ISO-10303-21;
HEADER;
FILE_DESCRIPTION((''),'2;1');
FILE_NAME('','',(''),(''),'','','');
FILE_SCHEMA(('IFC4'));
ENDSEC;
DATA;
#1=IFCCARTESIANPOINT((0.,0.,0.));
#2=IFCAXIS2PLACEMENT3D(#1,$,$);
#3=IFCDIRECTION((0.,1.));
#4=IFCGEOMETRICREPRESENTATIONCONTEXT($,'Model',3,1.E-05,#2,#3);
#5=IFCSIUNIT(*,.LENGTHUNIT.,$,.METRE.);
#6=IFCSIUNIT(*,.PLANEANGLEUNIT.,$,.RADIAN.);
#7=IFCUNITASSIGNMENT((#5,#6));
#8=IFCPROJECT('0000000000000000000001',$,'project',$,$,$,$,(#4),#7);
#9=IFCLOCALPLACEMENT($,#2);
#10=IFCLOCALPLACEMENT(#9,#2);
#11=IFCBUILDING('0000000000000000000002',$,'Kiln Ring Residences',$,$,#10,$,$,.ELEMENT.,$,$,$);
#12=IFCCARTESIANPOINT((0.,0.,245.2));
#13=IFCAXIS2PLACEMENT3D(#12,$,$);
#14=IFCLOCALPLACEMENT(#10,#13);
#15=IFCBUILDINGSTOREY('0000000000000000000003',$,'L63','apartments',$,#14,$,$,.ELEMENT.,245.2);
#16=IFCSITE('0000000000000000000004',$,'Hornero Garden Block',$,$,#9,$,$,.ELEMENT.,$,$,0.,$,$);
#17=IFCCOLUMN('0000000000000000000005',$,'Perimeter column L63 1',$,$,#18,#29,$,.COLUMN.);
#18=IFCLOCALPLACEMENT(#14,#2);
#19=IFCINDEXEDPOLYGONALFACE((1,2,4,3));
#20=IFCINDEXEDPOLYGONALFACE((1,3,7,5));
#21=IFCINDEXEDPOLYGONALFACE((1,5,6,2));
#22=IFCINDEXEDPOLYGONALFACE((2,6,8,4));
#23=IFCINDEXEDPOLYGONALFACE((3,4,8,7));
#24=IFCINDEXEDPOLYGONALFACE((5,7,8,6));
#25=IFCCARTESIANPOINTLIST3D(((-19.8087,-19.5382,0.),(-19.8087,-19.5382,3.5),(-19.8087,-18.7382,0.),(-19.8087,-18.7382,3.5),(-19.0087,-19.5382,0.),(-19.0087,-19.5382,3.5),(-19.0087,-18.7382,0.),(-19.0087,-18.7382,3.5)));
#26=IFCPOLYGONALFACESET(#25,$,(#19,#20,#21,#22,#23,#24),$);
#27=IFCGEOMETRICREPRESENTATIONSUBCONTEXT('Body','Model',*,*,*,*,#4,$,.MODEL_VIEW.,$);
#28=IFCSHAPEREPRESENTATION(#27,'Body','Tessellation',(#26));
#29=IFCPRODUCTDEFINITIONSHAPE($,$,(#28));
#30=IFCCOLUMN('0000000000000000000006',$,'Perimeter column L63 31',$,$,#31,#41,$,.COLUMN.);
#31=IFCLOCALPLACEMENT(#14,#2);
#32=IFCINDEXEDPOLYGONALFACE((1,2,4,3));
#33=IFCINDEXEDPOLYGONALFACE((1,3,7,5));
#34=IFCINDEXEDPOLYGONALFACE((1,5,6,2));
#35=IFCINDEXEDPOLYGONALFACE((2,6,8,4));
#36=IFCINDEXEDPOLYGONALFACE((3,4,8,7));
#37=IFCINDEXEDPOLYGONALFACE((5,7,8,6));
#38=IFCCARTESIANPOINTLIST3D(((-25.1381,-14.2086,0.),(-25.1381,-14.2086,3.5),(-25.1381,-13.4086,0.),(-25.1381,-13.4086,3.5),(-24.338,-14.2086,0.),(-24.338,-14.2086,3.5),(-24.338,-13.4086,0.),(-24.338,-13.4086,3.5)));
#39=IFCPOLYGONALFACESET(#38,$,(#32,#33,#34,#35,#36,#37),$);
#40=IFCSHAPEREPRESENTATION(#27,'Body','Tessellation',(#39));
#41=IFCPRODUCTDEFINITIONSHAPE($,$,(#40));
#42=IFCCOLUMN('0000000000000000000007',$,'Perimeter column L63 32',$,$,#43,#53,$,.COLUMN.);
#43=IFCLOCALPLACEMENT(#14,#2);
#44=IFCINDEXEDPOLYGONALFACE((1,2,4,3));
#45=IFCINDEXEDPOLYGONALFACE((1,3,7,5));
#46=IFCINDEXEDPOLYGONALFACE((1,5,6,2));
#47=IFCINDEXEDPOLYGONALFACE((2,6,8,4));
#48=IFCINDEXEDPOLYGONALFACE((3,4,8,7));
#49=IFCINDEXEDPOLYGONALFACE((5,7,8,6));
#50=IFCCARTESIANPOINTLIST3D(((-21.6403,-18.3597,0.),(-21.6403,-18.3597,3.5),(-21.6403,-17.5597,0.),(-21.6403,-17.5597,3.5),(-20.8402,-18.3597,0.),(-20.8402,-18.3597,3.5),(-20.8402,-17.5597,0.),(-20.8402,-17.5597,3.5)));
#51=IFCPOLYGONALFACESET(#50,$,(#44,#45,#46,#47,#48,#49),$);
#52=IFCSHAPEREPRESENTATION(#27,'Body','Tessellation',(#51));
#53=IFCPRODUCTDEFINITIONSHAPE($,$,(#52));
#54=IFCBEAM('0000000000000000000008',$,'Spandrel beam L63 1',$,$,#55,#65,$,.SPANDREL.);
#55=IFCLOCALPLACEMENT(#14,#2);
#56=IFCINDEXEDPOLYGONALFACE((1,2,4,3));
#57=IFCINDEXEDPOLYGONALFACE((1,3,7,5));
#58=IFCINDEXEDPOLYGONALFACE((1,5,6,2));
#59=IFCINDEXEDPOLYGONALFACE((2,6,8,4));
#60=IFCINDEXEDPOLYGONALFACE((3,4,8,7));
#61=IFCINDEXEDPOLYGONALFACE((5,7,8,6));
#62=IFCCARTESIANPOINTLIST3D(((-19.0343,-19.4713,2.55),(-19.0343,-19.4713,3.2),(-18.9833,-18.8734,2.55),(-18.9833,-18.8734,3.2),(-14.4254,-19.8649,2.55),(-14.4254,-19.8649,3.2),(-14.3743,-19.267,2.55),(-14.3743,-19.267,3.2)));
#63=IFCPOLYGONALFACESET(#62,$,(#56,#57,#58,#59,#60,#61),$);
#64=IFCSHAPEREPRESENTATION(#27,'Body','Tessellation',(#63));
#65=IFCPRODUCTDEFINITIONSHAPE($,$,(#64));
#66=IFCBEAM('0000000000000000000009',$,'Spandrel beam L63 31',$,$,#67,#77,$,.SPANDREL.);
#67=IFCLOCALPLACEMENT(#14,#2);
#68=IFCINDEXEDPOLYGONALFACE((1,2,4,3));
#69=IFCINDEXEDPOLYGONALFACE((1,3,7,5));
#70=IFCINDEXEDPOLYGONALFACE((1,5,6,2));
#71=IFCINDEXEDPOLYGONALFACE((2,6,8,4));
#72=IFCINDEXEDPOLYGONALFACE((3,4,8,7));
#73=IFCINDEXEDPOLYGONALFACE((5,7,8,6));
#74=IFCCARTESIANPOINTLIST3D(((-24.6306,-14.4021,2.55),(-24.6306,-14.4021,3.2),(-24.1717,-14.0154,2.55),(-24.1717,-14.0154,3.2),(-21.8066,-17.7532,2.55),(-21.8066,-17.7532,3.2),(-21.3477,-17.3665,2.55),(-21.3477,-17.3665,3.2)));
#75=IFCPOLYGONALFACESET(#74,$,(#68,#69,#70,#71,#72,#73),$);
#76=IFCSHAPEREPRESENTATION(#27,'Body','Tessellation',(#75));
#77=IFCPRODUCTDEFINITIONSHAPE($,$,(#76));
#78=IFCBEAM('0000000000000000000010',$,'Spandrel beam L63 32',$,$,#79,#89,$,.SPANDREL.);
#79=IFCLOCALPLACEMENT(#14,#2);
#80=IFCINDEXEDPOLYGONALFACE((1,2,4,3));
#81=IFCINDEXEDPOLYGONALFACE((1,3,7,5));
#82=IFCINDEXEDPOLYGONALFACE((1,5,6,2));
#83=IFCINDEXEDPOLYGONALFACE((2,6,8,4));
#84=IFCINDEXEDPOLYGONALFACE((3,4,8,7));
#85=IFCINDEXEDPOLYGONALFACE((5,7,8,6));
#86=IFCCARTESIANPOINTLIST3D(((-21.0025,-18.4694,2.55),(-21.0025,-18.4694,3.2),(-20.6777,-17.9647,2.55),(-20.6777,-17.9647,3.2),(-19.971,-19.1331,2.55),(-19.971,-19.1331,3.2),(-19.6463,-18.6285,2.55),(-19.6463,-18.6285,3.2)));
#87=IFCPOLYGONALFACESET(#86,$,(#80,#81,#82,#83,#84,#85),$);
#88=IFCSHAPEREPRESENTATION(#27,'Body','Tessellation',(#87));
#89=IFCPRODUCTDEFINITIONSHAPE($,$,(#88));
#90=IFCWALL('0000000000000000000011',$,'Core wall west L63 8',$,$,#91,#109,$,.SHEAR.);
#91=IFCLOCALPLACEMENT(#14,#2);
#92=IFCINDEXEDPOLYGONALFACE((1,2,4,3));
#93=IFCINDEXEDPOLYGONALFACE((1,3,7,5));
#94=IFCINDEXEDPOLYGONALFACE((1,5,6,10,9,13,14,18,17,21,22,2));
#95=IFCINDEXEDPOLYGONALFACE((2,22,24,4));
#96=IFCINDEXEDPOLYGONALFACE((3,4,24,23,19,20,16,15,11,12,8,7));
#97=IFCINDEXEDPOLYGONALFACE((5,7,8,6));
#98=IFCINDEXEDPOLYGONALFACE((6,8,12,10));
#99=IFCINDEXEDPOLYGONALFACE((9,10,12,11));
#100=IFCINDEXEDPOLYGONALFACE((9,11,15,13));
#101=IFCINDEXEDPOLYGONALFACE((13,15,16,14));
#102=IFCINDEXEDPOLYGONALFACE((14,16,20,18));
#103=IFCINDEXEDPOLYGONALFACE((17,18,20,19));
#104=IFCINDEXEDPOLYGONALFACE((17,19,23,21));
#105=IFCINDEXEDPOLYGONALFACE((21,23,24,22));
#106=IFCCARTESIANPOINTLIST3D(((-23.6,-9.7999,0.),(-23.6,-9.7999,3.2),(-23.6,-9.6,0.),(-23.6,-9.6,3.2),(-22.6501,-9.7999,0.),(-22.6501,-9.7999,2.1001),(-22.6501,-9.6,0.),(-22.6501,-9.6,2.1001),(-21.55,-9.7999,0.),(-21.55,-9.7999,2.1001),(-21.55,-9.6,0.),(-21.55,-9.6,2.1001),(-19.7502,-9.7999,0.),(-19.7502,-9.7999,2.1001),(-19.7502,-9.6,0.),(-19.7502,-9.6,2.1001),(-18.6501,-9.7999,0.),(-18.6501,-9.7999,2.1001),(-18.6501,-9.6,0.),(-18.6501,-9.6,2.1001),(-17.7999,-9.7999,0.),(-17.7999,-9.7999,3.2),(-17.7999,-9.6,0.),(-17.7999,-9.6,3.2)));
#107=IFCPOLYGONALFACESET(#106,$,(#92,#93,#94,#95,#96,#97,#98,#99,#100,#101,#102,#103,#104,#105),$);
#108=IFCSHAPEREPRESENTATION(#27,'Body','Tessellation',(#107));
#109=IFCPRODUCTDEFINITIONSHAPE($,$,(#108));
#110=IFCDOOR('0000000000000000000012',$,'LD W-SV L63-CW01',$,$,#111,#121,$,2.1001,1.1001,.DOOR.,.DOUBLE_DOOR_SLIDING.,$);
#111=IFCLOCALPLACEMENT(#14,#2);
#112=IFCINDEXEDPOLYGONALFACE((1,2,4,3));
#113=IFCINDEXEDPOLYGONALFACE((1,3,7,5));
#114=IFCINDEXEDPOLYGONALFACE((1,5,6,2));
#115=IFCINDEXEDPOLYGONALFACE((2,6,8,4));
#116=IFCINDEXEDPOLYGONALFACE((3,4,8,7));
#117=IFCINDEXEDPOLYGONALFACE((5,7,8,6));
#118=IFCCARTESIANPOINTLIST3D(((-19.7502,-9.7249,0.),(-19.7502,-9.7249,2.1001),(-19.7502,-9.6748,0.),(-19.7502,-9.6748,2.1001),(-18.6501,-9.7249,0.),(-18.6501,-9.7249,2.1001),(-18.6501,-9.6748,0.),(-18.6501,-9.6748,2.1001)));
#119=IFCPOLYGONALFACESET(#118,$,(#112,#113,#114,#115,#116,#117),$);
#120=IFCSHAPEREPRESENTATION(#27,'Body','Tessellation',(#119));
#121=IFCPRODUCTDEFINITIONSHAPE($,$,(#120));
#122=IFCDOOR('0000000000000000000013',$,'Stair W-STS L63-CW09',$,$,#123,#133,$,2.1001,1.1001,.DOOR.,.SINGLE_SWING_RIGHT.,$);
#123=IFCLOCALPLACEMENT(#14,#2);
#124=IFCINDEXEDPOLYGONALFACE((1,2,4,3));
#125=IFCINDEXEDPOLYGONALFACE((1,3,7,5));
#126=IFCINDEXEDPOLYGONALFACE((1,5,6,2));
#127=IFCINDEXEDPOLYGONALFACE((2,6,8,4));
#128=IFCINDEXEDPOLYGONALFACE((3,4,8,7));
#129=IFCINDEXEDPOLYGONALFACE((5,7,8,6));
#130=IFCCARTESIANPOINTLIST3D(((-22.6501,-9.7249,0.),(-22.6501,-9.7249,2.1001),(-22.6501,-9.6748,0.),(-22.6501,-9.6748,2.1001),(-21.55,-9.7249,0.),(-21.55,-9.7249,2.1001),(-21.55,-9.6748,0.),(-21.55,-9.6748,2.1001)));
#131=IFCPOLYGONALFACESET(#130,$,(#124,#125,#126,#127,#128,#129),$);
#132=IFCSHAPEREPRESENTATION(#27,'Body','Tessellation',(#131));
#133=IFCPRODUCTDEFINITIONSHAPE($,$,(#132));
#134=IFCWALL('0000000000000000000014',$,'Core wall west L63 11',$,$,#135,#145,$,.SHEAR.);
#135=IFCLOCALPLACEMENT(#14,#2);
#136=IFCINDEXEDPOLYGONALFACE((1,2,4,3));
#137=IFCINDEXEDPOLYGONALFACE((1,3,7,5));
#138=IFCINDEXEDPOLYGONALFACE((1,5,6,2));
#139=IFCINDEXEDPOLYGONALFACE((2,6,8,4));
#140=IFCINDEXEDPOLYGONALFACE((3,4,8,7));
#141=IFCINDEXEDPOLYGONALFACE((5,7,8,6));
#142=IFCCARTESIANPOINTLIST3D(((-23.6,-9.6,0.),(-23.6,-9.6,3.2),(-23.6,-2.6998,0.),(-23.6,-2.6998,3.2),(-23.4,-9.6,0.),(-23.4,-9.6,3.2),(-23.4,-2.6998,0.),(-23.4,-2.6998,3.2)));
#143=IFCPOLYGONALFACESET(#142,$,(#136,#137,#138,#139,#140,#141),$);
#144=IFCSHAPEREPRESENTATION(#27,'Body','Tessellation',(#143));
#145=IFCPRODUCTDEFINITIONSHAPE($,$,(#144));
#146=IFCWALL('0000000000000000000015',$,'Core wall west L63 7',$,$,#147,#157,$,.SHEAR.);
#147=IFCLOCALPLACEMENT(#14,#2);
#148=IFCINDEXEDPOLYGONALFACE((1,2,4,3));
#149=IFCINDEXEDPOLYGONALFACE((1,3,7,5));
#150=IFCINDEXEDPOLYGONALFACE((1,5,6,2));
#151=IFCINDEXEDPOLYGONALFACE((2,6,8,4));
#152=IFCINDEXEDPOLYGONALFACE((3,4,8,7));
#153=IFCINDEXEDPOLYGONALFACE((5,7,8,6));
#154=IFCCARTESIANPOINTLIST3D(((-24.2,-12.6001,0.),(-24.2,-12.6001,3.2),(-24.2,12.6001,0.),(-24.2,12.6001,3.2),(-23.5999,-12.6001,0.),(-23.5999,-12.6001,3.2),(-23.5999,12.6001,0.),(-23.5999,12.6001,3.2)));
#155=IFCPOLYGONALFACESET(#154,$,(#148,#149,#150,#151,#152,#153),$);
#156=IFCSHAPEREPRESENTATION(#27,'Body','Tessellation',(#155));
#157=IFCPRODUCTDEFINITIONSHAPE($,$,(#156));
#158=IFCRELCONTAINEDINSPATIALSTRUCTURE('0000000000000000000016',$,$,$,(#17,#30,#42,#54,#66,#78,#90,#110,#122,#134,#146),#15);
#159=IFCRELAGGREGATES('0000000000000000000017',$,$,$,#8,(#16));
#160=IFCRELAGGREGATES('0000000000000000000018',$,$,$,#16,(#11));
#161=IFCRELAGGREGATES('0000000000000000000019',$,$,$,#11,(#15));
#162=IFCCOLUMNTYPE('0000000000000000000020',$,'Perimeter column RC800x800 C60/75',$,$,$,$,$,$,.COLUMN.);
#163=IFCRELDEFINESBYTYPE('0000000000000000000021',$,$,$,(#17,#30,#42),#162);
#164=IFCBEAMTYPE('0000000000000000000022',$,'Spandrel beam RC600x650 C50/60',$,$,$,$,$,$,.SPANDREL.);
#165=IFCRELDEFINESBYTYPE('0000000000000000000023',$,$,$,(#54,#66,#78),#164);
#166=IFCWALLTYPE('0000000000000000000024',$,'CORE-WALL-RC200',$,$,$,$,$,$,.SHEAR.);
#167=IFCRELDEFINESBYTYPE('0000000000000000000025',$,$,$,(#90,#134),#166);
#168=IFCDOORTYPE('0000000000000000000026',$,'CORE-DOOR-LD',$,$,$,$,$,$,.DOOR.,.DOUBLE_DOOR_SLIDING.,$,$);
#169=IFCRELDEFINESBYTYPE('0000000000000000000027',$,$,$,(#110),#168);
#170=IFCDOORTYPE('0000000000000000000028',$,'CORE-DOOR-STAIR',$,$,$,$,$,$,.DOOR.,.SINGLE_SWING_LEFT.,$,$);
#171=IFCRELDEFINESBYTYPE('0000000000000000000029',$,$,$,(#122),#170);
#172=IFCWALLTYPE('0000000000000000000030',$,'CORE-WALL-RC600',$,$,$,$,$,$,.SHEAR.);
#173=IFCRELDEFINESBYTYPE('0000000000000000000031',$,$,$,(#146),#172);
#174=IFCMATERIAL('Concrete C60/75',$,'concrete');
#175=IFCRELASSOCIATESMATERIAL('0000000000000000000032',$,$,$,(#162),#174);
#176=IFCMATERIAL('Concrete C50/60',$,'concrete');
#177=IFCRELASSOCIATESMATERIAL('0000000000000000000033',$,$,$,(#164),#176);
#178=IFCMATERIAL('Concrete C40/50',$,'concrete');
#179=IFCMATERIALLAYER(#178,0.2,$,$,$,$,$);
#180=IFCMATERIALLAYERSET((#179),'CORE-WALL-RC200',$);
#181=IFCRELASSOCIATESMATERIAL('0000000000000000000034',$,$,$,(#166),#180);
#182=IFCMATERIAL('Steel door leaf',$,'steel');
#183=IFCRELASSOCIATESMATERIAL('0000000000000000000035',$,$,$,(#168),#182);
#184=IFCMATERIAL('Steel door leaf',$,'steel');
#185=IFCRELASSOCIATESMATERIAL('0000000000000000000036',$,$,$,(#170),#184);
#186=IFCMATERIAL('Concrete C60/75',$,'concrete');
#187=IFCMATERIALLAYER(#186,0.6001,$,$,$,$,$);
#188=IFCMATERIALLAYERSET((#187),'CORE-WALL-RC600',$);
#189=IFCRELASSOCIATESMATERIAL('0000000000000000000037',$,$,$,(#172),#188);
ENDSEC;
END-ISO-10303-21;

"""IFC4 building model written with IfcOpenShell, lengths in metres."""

from ifc_helpers import new_model, si_unit, direction, frame, frame_2d, origin, origin_2d, place, context, subcontext, project, spatial, rectangle, extrude, material, layer, layer_set, material_profile, profile_set, type_object, element, fill, save


model = new_model("IFC4")

# Units and contexts
model_context = context("Model", 3, precision=1e-05, world=origin(), true_north=direction((0.0, 1.0)))
body_context = subcontext(model_context, "Body", "Model", "MODEL_VIEW")
ifc_project = project(units=[si_unit("LENGTHUNIT", "METRE"), si_unit("PLANEANGLEUNIT", "RADIAN")], contexts=[model_context])

# Site, building, storey
site_placement = place(None, origin())
site = spatial("IfcSite", under=ifc_project, at=site_placement, Name="Hornero Garden Block", CompositionType="ELEMENT", RefElevation=0.0)
building_placement = place(site_placement, origin())
building = spatial("IfcBuilding", under=site, at=building_placement, Name="Kiln Ring Residences", CompositionType="ELEMENT")
storey_placement = place(building_placement, frame((0.0, 0.0, 245.2)))
storey = spatial("IfcBuildingStorey", under=building, at=storey_placement, Name="L63", Description="apartments", CompositionType="ELEMENT", Elevation=245.2)

# Columns
ifc_material_1 = material(Name="Concrete C60/75", Category="concrete")
ifc_material_profile_1 = material_profile(ifc_material_1, rectangle(XDim=0.8, YDim=0.8, at=origin_2d()), Name="RC800x800")
ifc_profile_set_1 = profile_set([ifc_material_profile_1], Name="Concrete C60/75")
column_type = type_object("IfcColumnType", Name="Perimeter column RC800x800 C60/75", PredefinedType="COLUMN", material=ifc_profile_set_1)
for number, where, z_axis, x_axis, name in (
    (1, (-19.4087, -19.1382, 0.0), (0.0, 0.0, 1.0), (1.0, 0.0, 0.0), "Perimeter column L63 1"),
    (2, (-24.738, -13.8086, 0.0), (0.0, 0.0, 1.0), (1.0, 0.0, 0.0), "Perimeter column L63 31"),
    (3, (-21.2402, -17.9597, 0.0), (0.0, 0.0, 1.0), (1.0, 0.0, 0.0), "Perimeter column L63 32"),
):
    element("IfcColumn", number, at=place(storey_placement, frame(where, z_axis=z_axis, x_axis=x_axis)), inside=storey, type_object=column_type, Name=name, PredefinedType="COLUMN", context=body_context, shape_type="SweptSolid", body=[
        extrude(rectangle(XDim=0.8, YDim=0.8, at=origin_2d()), origin(), (0.0, 0.0, 1.0), 3.5),
    ])

# Beams
ifc_material_2 = material(Name="Concrete C50/60", Category="concrete")
ifc_material_profile_2 = material_profile(ifc_material_2, rectangle(XDim=0.6001, YDim=0.6499, at=origin_2d()), Name="RC600x650")
ifc_profile_set_2 = profile_set([ifc_material_profile_2], Name="Concrete C50/60")
beam_type = type_object("IfcBeamType", Name="Spandrel beam RC600x650 C50/60", PredefinedType="SPANDREL", material=ifc_profile_set_2)
beam_1_placement = place(storey_placement, frame((-19.0088, -19.1724, 2.875), z_axis=(0.996374, -0.085081, 0.0), x_axis=(0.085081, 0.996374, 0.0)))
element("IfcBeam", 4, at=beam_1_placement, inside=storey, type_object=beam_type, Name="Spandrel beam L63 1", PredefinedType="SPANDREL", context=body_context, shape_type="SweptSolid", body=[
    extrude(rectangle(XDim=0.6001, YDim=0.6499, at=origin_2d()), origin(), (0.0, 0.0, 1.0), 4.6257),
])
beam_2_placement = place(storey_placement, frame((-24.4011, -14.2087, 2.875), z_axis=(0.644405, -0.764684, 0.0), x_axis=(0.764684, 0.644405, 0.0)))
element("IfcBeam", 5, at=beam_2_placement, inside=storey, type_object=beam_type, Name="Spandrel beam L63 31", PredefinedType="SPANDREL", context=body_context, shape_type="SweptSolid", body=[
    extrude(rectangle(XDim=0.6001, YDim=0.6499, at=origin_2d()), origin(), (0.0, 0.0, 1.0), 4.3823),
])
beam_3_placement = place(storey_placement, frame((-20.8401, -18.217, 2.875), z_axis=(0.840913, -0.54117, 0.0), x_axis=(0.54117, 0.840913, 0.0)))
element("IfcBeam", 6, at=beam_3_placement, inside=storey, type_object=beam_type, Name="Spandrel beam L63 32", PredefinedType="SPANDREL", context=body_context, shape_type="SweptSolid", body=[
    extrude(rectangle(XDim=0.6001, YDim=0.6499, at=origin_2d()), origin(), (0.0, 0.0, 1.0), 1.2266),
])

# Wall, openings, doors
ifc_material_3 = material(Name="Concrete C40/50", Category="concrete")
ifc_layer_1 = layer(ifc_material_3, 0.2)
ifc_layer_set_1 = layer_set([ifc_layer_1], Name="CORE-WALL-RC200")
wall_type_1 = type_object("IfcWallType", Name="CORE-WALL-RC200", PredefinedType="SHEAR", material=ifc_layer_set_1)
wall_1_placement = place(storey_placement, frame((-17.8, -9.7, 0.0), z_axis=(0.0, 0.0, 1.0), x_axis=(-1.0, 0.0, 0.0)))
wall_1 = element("IfcWall", 7, at=wall_1_placement, inside=storey, type_object=wall_type_1, Name="Core wall west L63 8", PredefinedType="SHEAR", context=body_context, shape_type="SweptSolid", body=[
    extrude(rectangle(XDim=5.8, YDim=0.2, at=frame_2d((2.8999, 0.0))), origin(), (0.0, 0.0, 1.0), 3.2),
])
opening_1_placement = place(wall_1_placement, frame((0.8501, 0.0, 0.0)))
opening_1 = element("IfcOpeningElement", 8, at=opening_1_placement, cuts=wall_1, PredefinedType="OPENING", context=body_context, shape_type="SweptSolid", body=[
    extrude(rectangle(XDim=1.1001, YDim=2.1001, at=frame_2d((0.55, 1.05))), frame((0.0, 0.1099, 0.0), z_axis=(0.0, -1.0, 0.0), x_axis=(1.0, 0.0, 0.0)), (0.0, 0.0, 1.0), 0.22),
])
opening_2_placement = place(wall_1_placement, frame((3.75, 0.0, 0.0)))
opening_2 = element("IfcOpeningElement", 9, at=opening_2_placement, cuts=wall_1, PredefinedType="OPENING", context=body_context, shape_type="SweptSolid", body=[
    extrude(rectangle(XDim=1.1001, YDim=2.1001, at=frame_2d((0.55, 1.05))), frame((0.0, 0.1099, 0.0), z_axis=(0.0, -1.0, 0.0), x_axis=(1.0, 0.0, 0.0)), (0.0, 0.0, 1.0), 0.22),
])
ifc_material_4 = material(Name="Steel door leaf", Category="steel")
door_type_1 = type_object("IfcDoorType", Name="CORE-DOOR-LD", OperationType="DOUBLE_DOOR_SLIDING", PredefinedType="DOOR", material=ifc_material_4)
door_1_placement = place(opening_1_placement, origin())
door_1 = element("IfcDoor", 10, at=door_1_placement, inside=storey, type_object=door_type_1, Name="LD W-SV L63-CW01", OperationType="DOUBLE_DOOR_SLIDING", OverallHeight=2.1001, OverallWidth=1.1001, PredefinedType="DOOR", context=body_context, shape_type="SweptSolid", body=[
    extrude(rectangle(XDim=1.1001, YDim=2.1001, at=frame_2d((0.55, 1.05))), frame((0.0, 0.0249, 0.0), z_axis=(0.0, -1.0, 0.0), x_axis=(1.0, 0.0, 0.0)), (0.0, 0.0, 1.0), 0.05),
])
fill(opening_1, door_1)
ifc_material_5 = material(Name="Steel door leaf", Category="steel")
door_type_2 = type_object("IfcDoorType", Name="CORE-DOOR-STAIR", OperationType="SINGLE_SWING_LEFT", PredefinedType="DOOR", material=ifc_material_5)
door_2_placement = place(opening_2_placement, origin())
door_2 = element("IfcDoor", 11, at=door_2_placement, inside=storey, type_object=door_type_2, Name="Stair W-STS L63-CW09", OperationType="SINGLE_SWING_RIGHT", OverallHeight=2.1001, OverallWidth=1.1001, PredefinedType="DOOR", context=body_context, shape_type="SweptSolid", body=[
    extrude(rectangle(XDim=1.1001, YDim=2.1001, at=frame_2d((0.55, 1.05))), frame((0.0, 0.0249, 0.0), z_axis=(0.0, -1.0, 0.0), x_axis=(1.0, 0.0, 0.0)), (0.0, 0.0, 1.0), 0.05),
])
fill(opening_2, door_2)

# Walls
wall_2_placement = place(storey_placement, frame((-23.5, -9.6001, 0.0), z_axis=(0.0, 0.0, 1.0), x_axis=(0.0, 1.0, 0.0)))
element("IfcWall", 12, at=wall_2_placement, inside=storey, type_object=wall_type_1, Name="Core wall west L63 11", PredefinedType="SHEAR", context=body_context, shape_type="SweptSolid", body=[
    extrude(rectangle(XDim=6.9001, YDim=0.2, at=frame_2d((3.4502, 0.0))), origin(), (0.0, 0.0, 1.0), 3.2),
])
ifc_material_6 = material(Name="Concrete C60/75", Category="concrete")
ifc_layer_2 = layer(ifc_material_6, 0.6001)
ifc_layer_set_2 = layer_set([ifc_layer_2], Name="CORE-WALL-RC600")
wall_type_2 = type_object("IfcWallType", Name="CORE-WALL-RC600", PredefinedType="SHEAR", material=ifc_layer_set_2)
wall_3_placement = place(storey_placement, frame((-23.8999, -12.6001, 0.0), z_axis=(0.0, 0.0, 1.0), x_axis=(0.0, 1.0, 0.0)))
element("IfcWall", 13, at=wall_3_placement, inside=storey, type_object=wall_type_2, Name="Core wall west L63 7", PredefinedType="SHEAR", context=body_context, shape_type="SweptSolid", body=[
    extrude(rectangle(XDim=25.2002, YDim=0.6001, at=frame_2d((12.6001, 0.0))), origin(), (0.0, 0.0, 1.0), 3.2),
])

save(model, "model.ifc")
